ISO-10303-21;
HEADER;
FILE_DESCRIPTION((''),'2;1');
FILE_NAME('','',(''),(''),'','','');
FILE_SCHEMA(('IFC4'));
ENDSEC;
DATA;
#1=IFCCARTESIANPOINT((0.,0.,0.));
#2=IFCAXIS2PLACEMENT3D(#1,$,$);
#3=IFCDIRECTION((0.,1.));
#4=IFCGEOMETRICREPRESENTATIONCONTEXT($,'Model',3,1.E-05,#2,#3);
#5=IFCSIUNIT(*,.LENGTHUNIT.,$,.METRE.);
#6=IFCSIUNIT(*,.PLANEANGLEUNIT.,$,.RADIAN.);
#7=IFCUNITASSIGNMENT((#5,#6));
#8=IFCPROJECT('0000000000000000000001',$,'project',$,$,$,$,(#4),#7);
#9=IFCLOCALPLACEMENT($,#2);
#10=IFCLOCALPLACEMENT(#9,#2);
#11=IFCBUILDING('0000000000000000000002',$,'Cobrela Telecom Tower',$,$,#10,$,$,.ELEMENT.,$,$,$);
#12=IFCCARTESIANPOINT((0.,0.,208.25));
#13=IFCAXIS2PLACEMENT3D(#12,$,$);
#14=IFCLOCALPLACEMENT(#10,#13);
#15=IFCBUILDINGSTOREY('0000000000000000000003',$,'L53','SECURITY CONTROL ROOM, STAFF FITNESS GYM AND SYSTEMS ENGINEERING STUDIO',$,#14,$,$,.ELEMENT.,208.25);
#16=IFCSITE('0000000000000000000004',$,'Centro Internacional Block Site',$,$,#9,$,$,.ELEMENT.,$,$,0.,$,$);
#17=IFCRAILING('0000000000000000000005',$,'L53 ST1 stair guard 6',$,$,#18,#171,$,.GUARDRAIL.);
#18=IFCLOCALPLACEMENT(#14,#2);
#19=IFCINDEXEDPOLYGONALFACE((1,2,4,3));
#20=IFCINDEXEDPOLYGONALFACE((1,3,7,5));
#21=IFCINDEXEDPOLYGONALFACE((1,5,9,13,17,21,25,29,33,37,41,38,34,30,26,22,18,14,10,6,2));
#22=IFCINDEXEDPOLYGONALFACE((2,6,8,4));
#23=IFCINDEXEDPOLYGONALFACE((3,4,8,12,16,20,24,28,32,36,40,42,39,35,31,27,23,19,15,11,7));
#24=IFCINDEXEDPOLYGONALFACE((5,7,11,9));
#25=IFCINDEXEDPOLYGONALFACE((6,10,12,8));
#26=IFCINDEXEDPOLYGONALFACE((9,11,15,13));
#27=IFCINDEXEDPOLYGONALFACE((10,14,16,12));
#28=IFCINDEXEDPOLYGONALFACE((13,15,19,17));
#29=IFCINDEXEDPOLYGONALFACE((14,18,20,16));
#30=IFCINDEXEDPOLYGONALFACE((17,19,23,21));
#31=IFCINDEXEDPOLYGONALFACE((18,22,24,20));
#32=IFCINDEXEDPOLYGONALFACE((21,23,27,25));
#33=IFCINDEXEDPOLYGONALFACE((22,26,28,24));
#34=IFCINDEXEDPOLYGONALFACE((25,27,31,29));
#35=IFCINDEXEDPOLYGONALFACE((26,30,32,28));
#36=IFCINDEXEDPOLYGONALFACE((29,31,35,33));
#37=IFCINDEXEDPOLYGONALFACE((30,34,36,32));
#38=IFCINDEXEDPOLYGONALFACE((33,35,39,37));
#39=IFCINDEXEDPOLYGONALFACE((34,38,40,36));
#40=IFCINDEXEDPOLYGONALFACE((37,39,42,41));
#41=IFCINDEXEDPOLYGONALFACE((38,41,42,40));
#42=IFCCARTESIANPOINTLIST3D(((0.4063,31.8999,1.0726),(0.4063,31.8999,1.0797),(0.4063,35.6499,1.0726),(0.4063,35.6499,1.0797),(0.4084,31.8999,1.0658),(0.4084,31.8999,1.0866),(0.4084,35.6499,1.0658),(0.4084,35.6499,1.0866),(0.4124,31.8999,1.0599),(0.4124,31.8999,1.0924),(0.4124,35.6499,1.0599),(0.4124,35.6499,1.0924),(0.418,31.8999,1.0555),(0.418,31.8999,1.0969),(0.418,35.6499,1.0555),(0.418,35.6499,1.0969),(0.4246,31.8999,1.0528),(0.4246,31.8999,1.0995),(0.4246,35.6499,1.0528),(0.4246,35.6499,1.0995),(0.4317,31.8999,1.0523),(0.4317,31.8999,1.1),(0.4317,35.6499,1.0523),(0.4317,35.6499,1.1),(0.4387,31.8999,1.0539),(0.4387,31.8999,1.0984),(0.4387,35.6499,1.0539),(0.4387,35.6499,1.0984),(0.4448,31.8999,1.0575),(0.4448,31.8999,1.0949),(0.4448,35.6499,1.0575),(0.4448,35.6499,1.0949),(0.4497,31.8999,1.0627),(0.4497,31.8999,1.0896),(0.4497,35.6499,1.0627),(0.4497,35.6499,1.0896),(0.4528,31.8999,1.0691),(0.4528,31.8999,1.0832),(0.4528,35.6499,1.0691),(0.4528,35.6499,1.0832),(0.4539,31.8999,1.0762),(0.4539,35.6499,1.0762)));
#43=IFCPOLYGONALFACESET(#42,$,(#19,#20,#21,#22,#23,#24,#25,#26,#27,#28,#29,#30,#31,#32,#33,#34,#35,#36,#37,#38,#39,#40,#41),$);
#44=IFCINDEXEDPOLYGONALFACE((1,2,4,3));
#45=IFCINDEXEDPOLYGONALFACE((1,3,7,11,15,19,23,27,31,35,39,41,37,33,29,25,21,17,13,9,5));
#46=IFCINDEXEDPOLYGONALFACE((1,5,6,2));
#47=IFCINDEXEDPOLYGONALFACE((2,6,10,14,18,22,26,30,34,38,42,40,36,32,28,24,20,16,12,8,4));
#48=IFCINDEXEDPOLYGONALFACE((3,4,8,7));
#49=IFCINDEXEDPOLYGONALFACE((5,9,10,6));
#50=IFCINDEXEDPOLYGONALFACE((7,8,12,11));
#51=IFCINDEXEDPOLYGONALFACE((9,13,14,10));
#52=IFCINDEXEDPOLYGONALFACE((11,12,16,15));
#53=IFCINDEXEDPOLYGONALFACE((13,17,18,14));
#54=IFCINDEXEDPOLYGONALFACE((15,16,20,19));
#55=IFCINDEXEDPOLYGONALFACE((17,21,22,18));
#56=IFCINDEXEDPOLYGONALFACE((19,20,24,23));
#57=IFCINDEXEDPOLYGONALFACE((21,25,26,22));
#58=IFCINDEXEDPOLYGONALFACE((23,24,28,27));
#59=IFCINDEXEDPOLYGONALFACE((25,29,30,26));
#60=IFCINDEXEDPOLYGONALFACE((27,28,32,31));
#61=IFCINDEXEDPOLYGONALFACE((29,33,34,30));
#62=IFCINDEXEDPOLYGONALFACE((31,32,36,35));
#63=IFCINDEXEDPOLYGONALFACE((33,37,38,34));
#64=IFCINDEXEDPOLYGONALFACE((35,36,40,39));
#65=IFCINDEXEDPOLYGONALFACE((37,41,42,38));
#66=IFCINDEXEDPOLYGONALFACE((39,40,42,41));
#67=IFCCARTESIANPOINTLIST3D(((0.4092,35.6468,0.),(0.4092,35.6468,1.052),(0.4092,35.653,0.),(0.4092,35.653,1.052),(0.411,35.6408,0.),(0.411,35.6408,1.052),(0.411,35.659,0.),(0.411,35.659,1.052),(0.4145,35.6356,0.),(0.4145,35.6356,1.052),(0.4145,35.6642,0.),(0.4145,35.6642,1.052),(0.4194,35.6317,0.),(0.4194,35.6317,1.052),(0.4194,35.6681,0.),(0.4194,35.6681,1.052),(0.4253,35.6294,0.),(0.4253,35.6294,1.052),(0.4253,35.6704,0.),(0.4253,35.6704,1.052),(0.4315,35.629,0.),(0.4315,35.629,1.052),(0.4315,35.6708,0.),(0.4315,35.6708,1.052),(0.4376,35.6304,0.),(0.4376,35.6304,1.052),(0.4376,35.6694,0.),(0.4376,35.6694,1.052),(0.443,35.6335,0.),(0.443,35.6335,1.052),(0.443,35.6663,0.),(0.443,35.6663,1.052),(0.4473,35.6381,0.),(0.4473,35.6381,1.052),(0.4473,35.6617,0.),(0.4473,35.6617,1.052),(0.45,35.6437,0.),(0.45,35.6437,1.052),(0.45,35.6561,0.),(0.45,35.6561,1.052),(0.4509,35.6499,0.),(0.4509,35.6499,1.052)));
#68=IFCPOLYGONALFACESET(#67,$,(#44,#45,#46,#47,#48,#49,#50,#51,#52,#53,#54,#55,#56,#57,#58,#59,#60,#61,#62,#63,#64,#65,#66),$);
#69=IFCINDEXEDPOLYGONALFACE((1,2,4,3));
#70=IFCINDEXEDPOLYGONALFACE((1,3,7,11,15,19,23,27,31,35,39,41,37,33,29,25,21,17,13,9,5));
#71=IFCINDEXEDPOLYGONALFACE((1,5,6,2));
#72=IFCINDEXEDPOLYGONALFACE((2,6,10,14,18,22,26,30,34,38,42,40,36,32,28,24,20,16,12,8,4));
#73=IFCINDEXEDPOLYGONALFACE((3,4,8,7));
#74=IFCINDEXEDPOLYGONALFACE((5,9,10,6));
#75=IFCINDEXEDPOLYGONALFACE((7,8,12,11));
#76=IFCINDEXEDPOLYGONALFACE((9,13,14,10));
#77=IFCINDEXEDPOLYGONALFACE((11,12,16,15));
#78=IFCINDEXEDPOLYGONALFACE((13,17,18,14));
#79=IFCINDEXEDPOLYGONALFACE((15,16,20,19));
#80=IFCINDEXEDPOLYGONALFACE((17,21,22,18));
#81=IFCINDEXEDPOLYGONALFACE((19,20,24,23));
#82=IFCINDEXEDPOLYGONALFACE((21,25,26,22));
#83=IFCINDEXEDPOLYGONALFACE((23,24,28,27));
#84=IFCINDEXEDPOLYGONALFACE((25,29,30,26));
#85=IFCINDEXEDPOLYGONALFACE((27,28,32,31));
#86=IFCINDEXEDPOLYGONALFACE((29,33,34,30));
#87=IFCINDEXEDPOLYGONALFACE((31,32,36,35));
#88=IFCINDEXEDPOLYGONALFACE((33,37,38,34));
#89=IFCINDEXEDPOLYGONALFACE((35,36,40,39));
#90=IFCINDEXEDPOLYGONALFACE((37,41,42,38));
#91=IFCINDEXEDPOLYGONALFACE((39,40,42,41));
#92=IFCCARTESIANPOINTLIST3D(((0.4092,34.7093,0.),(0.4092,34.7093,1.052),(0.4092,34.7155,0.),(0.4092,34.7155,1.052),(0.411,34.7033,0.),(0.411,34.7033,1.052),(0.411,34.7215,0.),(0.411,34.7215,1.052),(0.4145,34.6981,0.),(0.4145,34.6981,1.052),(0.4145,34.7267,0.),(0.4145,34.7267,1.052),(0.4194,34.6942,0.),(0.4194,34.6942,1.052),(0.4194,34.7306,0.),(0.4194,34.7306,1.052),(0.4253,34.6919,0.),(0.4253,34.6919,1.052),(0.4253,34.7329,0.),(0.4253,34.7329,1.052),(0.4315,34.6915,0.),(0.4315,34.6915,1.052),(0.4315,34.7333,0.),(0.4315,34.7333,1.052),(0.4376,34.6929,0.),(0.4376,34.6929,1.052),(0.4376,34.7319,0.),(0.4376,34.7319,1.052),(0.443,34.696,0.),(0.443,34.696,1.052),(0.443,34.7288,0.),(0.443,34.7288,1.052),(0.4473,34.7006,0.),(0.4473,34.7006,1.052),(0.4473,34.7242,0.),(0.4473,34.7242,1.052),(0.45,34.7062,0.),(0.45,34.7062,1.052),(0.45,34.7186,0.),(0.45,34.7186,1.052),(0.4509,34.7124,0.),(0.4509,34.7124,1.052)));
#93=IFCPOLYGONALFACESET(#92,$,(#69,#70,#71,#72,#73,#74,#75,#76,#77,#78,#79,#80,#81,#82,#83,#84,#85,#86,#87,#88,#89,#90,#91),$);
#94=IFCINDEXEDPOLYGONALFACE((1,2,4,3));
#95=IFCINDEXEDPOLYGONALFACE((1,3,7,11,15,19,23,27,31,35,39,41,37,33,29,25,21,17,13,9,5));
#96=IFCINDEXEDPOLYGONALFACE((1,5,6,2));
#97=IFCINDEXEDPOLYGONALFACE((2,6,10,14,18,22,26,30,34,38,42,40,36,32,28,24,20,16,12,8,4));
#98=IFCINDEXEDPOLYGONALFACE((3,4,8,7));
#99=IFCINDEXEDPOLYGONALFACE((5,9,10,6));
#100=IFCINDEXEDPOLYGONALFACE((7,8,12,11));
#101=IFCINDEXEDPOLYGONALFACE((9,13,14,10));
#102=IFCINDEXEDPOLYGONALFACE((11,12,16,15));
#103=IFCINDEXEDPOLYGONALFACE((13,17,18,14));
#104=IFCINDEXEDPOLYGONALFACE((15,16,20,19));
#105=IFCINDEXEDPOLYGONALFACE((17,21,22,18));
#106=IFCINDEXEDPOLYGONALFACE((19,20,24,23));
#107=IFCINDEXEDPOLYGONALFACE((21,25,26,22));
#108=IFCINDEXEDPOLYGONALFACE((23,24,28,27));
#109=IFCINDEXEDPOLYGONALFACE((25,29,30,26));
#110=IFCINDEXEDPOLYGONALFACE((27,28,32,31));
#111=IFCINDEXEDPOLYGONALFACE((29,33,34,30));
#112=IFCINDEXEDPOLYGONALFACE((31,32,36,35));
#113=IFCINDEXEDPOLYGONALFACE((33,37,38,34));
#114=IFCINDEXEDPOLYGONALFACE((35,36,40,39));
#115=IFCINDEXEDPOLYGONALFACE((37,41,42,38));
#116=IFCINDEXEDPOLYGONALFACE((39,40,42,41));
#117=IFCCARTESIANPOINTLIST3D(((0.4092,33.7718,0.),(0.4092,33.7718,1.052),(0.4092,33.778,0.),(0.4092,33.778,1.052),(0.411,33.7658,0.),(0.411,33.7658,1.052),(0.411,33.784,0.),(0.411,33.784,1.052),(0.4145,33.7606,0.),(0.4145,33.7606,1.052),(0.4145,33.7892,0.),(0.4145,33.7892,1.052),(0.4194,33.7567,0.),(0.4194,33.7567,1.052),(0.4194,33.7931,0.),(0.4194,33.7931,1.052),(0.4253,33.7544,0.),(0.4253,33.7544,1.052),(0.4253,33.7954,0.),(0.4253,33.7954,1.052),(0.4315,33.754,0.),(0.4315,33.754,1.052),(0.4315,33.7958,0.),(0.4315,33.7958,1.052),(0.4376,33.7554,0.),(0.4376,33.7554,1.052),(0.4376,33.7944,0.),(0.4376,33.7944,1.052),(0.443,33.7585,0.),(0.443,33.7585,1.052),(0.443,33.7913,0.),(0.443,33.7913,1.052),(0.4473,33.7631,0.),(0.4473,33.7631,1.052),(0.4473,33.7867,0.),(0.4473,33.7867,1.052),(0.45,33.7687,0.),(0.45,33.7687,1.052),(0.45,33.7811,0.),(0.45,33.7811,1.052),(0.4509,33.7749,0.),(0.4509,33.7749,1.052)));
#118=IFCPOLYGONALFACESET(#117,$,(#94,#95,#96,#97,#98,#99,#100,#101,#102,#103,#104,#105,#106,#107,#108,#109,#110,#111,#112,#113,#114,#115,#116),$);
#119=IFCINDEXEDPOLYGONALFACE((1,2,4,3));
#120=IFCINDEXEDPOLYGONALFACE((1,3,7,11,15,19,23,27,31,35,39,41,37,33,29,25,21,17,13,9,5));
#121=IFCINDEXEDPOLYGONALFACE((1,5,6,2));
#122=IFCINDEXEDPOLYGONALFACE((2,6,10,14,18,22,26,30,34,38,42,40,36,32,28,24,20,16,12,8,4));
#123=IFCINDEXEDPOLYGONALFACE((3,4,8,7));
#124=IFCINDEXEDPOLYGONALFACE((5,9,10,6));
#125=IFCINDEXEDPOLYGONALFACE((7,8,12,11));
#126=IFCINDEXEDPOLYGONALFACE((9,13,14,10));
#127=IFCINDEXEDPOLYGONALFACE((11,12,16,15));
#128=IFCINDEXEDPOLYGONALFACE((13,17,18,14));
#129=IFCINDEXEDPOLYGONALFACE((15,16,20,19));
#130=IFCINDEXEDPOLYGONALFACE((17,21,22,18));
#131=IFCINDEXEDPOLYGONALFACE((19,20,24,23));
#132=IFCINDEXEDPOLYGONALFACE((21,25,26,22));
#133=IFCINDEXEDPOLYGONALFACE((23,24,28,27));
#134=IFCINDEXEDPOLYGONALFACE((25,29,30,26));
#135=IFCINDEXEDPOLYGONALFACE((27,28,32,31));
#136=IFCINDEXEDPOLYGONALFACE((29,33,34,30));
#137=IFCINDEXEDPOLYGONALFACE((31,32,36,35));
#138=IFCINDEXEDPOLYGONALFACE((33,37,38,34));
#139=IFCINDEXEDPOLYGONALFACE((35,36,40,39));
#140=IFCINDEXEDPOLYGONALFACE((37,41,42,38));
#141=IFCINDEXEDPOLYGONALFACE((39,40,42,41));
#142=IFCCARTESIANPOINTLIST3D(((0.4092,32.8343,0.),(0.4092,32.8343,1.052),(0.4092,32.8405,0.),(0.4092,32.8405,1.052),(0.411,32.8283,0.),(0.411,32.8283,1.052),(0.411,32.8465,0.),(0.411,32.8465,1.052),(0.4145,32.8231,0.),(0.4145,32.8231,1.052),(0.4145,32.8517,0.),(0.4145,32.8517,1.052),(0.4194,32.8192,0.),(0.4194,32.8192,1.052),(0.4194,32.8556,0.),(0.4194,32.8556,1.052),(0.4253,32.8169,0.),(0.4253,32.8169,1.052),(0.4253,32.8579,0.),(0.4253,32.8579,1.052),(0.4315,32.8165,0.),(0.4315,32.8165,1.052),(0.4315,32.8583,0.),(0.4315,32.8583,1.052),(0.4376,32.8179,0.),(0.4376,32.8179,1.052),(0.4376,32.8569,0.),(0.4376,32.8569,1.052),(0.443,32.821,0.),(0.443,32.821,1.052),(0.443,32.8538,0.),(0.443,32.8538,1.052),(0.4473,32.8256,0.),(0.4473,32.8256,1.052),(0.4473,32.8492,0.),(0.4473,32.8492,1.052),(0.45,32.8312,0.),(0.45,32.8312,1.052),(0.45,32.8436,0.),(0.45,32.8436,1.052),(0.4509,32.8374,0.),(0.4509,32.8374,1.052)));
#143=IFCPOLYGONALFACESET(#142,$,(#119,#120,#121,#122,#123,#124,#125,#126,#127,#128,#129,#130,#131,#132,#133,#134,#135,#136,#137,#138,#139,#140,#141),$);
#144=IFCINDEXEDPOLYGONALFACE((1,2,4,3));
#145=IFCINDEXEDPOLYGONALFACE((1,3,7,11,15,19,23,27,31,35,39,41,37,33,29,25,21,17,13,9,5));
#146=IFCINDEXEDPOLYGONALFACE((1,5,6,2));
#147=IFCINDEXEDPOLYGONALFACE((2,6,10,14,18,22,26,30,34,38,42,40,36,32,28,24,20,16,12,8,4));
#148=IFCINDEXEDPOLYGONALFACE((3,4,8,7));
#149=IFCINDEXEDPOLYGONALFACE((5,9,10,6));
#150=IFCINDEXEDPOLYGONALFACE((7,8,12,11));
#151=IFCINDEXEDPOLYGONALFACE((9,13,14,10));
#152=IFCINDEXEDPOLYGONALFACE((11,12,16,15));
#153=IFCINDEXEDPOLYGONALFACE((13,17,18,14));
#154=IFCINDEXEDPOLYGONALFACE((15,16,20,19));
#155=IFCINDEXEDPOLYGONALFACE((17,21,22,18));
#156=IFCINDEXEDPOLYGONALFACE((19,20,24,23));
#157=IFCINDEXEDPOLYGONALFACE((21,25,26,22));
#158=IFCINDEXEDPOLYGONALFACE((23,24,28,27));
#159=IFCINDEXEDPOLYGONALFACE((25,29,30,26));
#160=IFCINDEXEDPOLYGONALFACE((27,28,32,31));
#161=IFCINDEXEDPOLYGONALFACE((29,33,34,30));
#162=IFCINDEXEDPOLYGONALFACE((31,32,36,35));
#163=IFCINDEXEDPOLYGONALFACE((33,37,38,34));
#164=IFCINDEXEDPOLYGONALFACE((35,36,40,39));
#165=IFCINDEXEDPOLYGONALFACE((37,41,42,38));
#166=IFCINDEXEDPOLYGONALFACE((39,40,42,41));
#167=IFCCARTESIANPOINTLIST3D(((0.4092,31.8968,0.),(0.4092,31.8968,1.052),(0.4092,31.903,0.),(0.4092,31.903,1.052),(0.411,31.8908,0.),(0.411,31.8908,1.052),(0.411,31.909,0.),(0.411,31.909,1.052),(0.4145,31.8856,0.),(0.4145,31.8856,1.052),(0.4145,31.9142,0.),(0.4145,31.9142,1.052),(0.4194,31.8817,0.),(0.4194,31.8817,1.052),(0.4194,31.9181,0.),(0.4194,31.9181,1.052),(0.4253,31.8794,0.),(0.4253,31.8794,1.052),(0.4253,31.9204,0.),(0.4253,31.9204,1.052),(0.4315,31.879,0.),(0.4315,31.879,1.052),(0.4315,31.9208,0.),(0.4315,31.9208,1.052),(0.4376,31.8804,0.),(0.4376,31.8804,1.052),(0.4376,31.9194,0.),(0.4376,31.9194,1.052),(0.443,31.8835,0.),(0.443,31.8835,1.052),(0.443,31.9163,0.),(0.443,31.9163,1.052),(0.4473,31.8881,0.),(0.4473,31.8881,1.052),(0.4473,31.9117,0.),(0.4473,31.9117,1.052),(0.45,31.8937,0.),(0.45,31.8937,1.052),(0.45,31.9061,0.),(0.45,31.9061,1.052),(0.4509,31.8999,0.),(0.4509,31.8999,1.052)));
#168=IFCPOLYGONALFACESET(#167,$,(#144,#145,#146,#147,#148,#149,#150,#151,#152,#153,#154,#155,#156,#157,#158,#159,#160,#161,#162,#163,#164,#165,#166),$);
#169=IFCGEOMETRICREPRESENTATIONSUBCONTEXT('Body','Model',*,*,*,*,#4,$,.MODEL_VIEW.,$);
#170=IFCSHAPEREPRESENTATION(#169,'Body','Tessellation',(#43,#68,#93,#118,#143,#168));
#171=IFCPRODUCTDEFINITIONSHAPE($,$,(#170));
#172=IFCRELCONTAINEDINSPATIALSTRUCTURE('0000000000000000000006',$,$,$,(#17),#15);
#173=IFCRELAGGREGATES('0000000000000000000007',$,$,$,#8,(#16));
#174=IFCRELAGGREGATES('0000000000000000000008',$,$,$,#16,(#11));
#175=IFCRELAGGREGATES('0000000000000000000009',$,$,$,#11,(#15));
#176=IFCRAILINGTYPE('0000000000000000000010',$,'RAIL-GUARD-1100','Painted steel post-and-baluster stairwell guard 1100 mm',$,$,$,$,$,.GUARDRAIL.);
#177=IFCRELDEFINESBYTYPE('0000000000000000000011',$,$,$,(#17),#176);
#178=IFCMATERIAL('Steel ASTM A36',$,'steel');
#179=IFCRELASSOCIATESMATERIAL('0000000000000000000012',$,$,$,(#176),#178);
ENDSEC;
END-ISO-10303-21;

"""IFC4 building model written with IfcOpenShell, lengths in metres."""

from ifc_helpers import new_model, si_unit, direction, frame, origin, origin_2d, place, context, subcontext, project, spatial, circle, extrude, material, type_object, element, save


model = new_model("IFC4")

# Units and contexts
model_context = context("Model", 3, precision=1e-05, world=origin(), true_north=direction((0.0, 1.0)))
body_context = subcontext(model_context, "Body", "Model", "MODEL_VIEW")
ifc_project = project(units=[si_unit("LENGTHUNIT", "METRE"), si_unit("PLANEANGLEUNIT", "RADIAN")], contexts=[model_context])

# Site, building, storey
site_placement = place(None, origin())
site = spatial("IfcSite", under=ifc_project, at=site_placement, Name="Centro Internacional Block Site", CompositionType="ELEMENT", RefElevation=0.0)
building_placement = place(site_placement, origin())
building = spatial("IfcBuilding", under=site, at=building_placement, Name="Cobrela Telecom Tower", CompositionType="ELEMENT")
storey_placement = place(building_placement, frame((0.0, 0.0, 208.25)))
storey = spatial("IfcBuildingStorey", under=building, at=storey_placement, Name="L53", Description="SECURITY CONTROL ROOM, STAFF FITNESS GYM AND SYSTEMS ENGINEERING STUDIO", CompositionType="ELEMENT", Elevation=208.25)

# Railing
ifc_material_1 = material(Name="Steel ASTM A36", Category="steel")
railing_type = type_object("IfcRailingType", Name="RAIL-GUARD-1100", Description="Painted steel post-and-baluster stairwell guard 1100 mm", PredefinedType="GUARDRAIL", material=ifc_material_1)
railing_placement = place(storey_placement, frame((0.4299, 35.6499, 0.0)))
element("IfcRailing", 1, at=railing_placement, inside=storey, type_object=railing_type, Name="L53 ST1 stair guard 6", PredefinedType="GUARDRAIL", context=body_context, shape_type="SweptSolid", body=[
    extrude(circle(Radius=0.0239, at=origin_2d()), frame((0.0, 0.0, 1.0762), z_axis=(0.0, -1.0, 0.0), x_axis=(1.0, 0.0, 0.0)), (0.0, 0.0, 1.0), 3.75),
    extrude(circle(Radius=0.021, at=origin_2d()), origin(), (0.0, 0.0, 1.0), 1.052),
    extrude(circle(Radius=0.021, at=origin_2d()), frame((0.0, -0.9375, 0.0)), (0.0, 0.0, 1.0), 1.052),
    extrude(circle(Radius=0.021, at=origin_2d()), frame((0.0, -1.875, 0.0)), (0.0, 0.0, 1.0), 1.052),
    extrude(circle(Radius=0.021, at=origin_2d()), frame((0.0, -2.8125, 0.0)), (0.0, 0.0, 1.0), 1.052),
    extrude(circle(Radius=0.021, at=origin_2d()), frame((0.0, -3.75, 0.0)), (0.0, 0.0, 1.0), 1.052),
])

save(model, "model.ifc")
